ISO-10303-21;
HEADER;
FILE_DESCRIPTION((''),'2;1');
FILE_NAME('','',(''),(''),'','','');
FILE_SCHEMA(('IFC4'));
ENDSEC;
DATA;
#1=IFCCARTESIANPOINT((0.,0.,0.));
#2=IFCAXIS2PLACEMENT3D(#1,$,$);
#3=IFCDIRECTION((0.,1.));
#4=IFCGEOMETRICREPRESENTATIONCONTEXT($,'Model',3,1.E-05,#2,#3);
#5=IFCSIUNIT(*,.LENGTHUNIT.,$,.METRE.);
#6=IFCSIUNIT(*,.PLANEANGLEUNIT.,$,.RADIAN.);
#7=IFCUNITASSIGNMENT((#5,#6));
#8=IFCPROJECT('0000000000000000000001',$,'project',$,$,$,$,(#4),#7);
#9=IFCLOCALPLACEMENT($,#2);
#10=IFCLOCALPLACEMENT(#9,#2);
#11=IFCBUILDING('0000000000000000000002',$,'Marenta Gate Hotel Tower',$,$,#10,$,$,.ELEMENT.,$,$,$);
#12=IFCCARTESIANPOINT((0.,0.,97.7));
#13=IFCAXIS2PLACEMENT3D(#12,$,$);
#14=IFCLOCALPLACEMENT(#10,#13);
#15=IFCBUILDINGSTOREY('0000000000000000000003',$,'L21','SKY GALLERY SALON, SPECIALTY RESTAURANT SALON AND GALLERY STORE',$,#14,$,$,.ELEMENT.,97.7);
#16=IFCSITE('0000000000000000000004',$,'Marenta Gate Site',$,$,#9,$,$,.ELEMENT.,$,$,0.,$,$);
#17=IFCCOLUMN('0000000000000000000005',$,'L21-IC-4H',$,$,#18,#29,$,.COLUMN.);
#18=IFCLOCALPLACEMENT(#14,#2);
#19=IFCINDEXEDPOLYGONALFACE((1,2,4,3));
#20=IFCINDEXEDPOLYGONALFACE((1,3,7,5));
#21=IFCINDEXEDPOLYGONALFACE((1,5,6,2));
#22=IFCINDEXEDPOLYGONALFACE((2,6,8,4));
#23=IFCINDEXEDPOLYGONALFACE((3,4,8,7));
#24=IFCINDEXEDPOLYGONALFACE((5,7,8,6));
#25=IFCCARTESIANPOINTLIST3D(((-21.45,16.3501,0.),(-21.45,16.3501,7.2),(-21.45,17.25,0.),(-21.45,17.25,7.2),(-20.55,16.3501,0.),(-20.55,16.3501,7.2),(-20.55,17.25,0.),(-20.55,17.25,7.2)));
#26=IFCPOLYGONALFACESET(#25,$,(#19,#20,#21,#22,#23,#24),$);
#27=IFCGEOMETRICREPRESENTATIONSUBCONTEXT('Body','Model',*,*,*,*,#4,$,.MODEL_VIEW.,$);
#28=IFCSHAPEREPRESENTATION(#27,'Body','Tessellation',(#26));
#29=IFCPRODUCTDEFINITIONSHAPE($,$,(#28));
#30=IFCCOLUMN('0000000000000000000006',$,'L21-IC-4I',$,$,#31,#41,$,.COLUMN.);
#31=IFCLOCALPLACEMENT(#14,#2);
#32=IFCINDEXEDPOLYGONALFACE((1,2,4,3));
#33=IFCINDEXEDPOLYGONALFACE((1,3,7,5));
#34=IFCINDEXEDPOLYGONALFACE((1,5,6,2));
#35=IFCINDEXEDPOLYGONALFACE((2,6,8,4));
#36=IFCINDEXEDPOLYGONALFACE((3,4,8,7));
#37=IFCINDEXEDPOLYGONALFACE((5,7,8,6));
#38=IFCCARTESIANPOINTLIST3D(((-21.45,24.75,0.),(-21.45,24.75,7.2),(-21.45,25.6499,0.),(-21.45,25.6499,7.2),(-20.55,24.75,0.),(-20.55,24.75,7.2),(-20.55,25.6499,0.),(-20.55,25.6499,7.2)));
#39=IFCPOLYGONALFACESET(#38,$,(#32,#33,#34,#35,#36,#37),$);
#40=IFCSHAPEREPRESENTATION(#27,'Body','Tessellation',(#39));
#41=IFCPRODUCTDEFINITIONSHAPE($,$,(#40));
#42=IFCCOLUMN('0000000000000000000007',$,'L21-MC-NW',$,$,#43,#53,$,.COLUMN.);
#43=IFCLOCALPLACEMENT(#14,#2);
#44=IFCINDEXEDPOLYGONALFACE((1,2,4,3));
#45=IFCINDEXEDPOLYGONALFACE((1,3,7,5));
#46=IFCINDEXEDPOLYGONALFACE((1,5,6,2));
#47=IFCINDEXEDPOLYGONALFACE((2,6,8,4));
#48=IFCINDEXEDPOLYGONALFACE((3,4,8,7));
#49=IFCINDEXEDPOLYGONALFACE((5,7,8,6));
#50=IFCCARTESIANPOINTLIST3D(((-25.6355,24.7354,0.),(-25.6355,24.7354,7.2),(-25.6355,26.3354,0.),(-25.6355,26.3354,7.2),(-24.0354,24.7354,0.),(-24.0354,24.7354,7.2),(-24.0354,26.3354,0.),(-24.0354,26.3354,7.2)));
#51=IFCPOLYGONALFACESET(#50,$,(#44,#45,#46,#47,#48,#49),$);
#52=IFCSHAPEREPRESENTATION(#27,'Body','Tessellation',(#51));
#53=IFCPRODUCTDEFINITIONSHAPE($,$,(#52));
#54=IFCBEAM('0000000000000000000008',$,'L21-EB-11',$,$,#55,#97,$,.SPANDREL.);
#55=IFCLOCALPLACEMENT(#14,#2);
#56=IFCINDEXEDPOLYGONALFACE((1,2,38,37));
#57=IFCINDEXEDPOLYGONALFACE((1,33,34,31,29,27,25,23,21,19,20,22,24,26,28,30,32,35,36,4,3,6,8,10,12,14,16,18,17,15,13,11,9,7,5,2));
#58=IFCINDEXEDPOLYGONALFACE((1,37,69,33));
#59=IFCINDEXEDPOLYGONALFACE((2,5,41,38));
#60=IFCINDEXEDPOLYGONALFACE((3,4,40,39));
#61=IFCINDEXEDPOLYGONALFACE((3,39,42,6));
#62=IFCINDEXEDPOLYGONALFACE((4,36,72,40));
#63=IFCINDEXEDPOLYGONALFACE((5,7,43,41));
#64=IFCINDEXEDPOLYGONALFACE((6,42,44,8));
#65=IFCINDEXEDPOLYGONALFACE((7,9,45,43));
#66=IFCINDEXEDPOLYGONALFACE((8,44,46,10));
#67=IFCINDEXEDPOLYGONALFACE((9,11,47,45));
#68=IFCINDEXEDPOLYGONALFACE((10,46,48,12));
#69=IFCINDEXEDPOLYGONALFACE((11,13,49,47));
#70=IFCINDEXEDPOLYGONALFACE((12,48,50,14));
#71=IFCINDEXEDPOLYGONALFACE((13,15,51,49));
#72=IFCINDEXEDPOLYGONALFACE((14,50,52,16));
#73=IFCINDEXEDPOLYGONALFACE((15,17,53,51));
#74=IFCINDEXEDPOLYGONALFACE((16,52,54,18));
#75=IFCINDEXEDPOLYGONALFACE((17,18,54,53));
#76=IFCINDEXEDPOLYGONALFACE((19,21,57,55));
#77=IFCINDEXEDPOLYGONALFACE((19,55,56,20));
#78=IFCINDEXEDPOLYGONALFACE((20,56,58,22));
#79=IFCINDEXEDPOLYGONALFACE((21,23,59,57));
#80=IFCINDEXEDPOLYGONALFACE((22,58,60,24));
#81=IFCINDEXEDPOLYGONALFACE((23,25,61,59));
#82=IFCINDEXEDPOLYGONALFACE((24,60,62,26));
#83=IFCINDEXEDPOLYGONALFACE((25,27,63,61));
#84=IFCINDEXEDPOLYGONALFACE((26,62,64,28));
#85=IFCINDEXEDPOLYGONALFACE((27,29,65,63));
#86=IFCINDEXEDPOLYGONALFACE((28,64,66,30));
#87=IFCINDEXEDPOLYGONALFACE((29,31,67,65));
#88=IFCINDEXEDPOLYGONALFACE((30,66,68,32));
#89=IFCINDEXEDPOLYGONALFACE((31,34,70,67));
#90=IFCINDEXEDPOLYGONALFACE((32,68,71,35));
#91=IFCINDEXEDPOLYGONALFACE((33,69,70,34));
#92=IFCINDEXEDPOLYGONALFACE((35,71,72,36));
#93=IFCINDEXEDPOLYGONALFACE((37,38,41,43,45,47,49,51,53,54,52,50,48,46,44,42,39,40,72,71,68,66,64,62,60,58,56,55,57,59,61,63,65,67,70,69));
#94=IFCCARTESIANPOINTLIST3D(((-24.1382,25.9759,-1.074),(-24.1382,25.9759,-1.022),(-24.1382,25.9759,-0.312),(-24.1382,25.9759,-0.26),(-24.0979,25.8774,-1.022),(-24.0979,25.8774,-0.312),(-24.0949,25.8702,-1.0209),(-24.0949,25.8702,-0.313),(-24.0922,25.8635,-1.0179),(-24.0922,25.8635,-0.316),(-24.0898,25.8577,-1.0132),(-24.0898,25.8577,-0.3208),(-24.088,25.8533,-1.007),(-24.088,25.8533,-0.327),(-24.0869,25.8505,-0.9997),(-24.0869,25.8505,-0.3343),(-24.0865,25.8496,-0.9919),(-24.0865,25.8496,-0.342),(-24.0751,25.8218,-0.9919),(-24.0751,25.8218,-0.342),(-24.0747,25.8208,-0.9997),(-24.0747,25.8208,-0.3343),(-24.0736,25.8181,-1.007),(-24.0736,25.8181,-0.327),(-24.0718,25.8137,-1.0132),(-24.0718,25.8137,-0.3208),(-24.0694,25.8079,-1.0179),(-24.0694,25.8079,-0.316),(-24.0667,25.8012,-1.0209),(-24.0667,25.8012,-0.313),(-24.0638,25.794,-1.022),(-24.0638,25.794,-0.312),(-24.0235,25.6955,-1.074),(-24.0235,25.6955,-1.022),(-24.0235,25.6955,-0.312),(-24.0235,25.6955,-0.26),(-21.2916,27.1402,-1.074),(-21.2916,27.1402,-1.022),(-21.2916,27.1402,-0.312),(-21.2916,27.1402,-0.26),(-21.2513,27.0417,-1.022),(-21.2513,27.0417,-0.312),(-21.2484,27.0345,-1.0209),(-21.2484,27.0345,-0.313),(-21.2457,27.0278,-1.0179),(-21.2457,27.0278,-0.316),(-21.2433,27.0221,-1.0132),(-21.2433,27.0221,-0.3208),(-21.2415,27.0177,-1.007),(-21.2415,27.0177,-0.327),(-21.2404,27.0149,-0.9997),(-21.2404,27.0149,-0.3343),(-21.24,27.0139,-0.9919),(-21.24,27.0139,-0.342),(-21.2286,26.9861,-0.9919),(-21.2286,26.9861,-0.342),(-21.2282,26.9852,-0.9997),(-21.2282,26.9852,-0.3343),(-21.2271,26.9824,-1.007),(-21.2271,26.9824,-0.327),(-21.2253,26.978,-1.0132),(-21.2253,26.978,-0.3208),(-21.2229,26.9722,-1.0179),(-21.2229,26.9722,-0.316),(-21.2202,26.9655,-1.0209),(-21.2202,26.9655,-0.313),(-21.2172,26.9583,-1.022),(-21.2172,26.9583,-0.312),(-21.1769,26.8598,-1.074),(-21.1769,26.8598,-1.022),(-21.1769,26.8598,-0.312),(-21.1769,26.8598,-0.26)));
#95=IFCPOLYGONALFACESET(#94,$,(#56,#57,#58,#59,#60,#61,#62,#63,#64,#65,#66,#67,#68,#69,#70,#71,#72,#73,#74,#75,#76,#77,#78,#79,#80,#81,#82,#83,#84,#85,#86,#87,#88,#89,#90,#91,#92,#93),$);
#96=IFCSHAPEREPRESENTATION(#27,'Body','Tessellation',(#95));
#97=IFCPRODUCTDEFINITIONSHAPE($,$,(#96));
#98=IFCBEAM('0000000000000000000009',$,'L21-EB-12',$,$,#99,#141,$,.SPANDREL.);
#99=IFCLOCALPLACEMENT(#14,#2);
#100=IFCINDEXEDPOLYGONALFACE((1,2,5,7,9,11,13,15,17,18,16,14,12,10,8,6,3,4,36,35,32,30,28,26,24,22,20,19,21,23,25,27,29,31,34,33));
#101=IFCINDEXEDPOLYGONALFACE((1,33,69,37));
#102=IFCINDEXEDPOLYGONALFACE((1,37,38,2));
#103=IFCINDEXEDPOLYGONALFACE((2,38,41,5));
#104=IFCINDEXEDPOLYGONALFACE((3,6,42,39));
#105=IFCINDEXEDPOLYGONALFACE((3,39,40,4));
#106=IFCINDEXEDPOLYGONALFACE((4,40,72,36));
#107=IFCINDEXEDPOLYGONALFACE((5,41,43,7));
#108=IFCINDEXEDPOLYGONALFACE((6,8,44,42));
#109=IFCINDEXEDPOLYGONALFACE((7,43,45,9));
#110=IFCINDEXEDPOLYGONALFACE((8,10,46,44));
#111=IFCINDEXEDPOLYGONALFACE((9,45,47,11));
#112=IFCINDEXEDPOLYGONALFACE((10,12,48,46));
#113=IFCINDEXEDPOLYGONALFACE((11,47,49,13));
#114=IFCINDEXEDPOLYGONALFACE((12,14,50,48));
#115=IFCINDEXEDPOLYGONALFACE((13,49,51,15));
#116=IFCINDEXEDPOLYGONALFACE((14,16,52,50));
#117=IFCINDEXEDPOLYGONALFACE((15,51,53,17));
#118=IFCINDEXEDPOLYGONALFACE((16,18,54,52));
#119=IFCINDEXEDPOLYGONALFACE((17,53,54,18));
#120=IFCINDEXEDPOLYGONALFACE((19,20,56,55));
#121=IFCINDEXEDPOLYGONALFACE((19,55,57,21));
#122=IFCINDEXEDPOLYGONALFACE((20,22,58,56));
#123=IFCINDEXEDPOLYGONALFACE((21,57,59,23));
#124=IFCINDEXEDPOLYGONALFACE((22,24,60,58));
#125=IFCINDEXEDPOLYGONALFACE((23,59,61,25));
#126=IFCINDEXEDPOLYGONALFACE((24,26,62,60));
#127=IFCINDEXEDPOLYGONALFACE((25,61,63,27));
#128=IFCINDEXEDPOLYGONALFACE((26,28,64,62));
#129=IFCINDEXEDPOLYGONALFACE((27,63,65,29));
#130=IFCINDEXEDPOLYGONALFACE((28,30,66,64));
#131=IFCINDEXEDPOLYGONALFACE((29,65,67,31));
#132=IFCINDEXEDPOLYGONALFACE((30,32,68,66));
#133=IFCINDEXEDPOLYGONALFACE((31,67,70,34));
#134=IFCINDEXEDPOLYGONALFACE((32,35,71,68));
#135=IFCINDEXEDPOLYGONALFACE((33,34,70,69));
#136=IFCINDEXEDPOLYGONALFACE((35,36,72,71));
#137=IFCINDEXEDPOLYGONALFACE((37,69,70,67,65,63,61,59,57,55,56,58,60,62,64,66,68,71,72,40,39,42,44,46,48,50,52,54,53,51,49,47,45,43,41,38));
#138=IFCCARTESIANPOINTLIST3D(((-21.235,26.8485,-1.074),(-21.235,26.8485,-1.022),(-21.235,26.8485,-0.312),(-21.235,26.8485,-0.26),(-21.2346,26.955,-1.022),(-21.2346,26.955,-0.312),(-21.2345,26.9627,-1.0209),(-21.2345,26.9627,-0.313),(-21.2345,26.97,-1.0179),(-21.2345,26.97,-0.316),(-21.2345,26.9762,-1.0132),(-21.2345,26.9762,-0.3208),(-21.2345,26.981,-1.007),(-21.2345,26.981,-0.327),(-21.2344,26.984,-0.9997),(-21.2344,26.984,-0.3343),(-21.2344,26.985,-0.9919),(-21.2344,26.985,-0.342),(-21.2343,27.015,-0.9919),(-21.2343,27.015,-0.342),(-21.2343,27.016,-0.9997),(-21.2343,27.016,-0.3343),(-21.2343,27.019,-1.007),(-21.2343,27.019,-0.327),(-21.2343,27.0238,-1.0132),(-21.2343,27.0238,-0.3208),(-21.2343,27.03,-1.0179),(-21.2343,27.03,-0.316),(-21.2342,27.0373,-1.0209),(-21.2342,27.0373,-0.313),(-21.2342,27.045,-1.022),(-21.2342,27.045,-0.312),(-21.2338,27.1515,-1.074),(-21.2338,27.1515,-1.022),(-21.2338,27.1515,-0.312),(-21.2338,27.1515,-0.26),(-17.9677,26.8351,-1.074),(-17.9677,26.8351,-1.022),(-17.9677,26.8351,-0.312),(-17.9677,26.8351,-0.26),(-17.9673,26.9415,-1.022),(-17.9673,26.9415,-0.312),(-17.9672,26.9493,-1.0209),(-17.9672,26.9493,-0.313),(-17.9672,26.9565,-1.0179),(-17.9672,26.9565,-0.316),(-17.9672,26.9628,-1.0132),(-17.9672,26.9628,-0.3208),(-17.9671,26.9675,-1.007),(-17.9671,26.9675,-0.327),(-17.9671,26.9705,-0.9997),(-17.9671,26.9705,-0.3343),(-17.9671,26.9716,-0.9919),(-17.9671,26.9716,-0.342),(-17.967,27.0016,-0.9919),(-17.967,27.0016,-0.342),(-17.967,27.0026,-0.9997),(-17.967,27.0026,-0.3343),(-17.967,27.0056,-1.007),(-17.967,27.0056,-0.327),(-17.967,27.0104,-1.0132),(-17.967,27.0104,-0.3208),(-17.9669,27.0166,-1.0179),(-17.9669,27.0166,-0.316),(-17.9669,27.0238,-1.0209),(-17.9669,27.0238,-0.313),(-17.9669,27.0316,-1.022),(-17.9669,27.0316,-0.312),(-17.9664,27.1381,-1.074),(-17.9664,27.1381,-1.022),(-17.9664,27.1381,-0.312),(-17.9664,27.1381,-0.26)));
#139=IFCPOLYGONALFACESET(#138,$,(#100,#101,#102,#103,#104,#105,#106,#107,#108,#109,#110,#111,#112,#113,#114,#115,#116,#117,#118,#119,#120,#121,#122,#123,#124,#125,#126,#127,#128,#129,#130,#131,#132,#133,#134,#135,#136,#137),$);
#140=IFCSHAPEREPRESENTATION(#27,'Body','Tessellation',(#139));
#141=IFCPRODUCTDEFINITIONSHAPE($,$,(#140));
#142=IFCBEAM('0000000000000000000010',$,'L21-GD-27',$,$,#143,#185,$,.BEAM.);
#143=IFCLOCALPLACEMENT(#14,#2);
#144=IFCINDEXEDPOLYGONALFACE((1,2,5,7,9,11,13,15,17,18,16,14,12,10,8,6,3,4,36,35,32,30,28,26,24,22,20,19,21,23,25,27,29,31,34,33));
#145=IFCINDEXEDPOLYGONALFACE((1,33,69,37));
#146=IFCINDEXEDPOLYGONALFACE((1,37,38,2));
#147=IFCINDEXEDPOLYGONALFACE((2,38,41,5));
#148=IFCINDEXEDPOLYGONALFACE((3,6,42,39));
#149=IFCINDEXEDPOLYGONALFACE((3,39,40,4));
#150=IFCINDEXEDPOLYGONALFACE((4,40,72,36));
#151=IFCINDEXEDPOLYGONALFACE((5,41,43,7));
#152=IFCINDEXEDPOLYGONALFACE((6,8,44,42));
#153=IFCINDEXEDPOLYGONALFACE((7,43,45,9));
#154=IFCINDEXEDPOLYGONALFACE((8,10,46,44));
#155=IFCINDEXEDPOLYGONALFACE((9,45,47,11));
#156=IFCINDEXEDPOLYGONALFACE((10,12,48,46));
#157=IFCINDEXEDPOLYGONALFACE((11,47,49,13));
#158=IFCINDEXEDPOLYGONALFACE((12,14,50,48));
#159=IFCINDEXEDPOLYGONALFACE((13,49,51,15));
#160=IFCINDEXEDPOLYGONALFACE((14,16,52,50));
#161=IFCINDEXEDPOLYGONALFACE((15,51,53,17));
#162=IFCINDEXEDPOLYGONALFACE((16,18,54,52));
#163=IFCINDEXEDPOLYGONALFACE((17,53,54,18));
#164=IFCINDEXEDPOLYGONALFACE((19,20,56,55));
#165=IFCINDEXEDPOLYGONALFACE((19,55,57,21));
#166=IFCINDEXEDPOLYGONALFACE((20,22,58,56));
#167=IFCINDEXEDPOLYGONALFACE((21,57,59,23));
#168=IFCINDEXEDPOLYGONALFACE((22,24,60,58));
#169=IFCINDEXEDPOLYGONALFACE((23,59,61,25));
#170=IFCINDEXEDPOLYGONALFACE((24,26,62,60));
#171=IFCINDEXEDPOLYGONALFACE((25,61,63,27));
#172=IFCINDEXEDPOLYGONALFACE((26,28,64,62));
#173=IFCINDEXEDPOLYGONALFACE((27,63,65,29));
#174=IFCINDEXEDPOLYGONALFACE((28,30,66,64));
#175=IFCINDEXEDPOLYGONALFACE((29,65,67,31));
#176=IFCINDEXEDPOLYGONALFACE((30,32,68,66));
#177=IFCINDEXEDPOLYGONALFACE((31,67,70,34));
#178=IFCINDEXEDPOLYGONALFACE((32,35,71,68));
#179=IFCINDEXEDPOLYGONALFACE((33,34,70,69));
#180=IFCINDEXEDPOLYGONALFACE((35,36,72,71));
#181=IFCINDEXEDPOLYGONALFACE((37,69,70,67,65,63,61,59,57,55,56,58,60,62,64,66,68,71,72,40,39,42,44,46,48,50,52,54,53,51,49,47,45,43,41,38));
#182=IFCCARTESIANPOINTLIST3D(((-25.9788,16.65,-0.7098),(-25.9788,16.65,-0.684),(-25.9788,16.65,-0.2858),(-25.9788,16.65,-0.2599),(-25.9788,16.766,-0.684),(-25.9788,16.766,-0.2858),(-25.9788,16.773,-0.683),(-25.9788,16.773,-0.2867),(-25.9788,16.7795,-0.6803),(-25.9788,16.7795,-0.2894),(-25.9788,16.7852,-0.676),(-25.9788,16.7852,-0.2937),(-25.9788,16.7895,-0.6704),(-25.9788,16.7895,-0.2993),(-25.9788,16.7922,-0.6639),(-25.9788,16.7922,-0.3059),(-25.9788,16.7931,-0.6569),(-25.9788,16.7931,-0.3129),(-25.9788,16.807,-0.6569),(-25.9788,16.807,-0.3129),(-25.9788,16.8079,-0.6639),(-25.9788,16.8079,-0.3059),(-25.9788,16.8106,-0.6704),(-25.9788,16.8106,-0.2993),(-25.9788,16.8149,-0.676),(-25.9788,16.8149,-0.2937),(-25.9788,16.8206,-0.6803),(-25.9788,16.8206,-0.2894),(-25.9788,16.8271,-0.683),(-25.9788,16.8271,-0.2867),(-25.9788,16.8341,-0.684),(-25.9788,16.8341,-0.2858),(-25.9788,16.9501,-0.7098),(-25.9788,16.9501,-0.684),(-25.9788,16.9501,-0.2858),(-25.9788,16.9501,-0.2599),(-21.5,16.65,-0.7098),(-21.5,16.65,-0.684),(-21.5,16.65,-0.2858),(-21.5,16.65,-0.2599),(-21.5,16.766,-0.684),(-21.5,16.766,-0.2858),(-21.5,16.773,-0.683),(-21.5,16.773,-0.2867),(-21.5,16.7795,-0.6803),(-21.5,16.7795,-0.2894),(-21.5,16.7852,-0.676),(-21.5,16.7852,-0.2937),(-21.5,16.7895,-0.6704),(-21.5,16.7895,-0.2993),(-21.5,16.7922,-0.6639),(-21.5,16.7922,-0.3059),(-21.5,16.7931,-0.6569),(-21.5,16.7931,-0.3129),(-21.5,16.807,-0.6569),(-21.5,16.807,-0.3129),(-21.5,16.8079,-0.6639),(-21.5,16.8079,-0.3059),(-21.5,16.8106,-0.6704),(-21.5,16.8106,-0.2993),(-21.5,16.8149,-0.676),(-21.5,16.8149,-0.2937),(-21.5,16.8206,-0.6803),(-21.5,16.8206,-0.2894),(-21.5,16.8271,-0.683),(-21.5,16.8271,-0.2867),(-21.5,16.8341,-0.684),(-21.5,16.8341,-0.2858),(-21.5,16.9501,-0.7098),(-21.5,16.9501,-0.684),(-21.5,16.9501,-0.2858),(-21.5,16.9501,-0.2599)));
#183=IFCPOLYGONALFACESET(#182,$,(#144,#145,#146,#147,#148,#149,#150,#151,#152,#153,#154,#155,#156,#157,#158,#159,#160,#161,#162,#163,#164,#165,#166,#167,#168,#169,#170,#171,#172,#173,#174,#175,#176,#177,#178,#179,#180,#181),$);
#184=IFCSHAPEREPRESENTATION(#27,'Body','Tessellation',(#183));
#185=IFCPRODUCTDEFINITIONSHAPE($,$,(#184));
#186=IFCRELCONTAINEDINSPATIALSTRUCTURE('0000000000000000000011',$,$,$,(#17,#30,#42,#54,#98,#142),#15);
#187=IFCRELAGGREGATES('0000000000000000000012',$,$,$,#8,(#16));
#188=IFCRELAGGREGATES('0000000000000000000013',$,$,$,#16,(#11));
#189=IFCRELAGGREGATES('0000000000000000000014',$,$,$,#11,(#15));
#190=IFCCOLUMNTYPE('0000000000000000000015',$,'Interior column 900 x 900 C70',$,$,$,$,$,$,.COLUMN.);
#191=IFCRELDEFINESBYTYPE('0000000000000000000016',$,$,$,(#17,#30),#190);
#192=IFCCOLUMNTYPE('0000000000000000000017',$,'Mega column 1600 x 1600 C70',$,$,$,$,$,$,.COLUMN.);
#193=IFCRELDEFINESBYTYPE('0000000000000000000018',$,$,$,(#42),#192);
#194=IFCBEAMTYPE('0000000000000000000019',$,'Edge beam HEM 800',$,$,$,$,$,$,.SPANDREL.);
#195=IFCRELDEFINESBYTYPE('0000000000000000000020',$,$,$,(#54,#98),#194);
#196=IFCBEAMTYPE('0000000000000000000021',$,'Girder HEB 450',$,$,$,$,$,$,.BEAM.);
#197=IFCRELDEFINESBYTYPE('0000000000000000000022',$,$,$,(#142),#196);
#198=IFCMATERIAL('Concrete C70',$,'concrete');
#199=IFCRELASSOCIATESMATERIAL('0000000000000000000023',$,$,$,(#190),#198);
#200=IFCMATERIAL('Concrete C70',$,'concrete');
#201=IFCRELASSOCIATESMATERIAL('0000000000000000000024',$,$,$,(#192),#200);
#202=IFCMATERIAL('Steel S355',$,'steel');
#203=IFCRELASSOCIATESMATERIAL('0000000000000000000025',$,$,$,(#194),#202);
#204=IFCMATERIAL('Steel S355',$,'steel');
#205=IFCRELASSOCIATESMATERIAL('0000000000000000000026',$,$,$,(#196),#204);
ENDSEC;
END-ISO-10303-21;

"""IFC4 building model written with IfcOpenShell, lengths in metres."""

from ifc_helpers import new_model, si_unit, direction, frame, origin, origin_2d, place, context, subcontext, project, spatial, rectangle, i_section, extrude, material, material_profile, profile_set, type_object, element, save


model = new_model("IFC4")

# Units and contexts
model_context = context("Model", 3, precision=1e-05, world=origin(), true_north=direction((0.0, 1.0)))
body_context = subcontext(model_context, "Body", "Model", "MODEL_VIEW")
ifc_project = project(units=[si_unit("LENGTHUNIT", "METRE"), si_unit("PLANEANGLEUNIT", "RADIAN")], contexts=[model_context])

# Site, building, storey
site_placement = place(None, origin())
site = spatial("IfcSite", under=ifc_project, at=site_placement, Name="Marenta Gate Site", CompositionType="ELEMENT", RefElevation=0.0)
building_placement = place(site_placement, origin())
building = spatial("IfcBuilding", under=site, at=building_placement, Name="Marenta Gate Hotel Tower", CompositionType="ELEMENT")
storey_placement = place(building_placement, frame((0.0, 0.0, 97.7)))
storey = spatial("IfcBuildingStorey", under=building, at=storey_placement, Name="L21", Description="SKY GALLERY SALON, SPECIALTY RESTAURANT SALON AND GALLERY STORE", CompositionType="ELEMENT", Elevation=97.7)

# Columns
ifc_material_1 = material(Name="Concrete C70", Category="concrete")
ifc_material_profile_1 = material_profile(ifc_material_1, rectangle(XDim=0.8999, YDim=0.8999, at=origin_2d()), Name="900 x 900")
ifc_profile_set_1 = profile_set([ifc_material_profile_1], Name="Concrete C70")
column_type_1 = type_object("IfcColumnType", Name="Interior column 900 x 900 C70", PredefinedType="COLUMN", material=ifc_profile_set_1)
for number, where, z_axis, x_axis, name in (
    (1, (-21.0, 16.8, 0.0), (0.0, 0.0, 1.0), (1.0, 0.0, 0.0), "L21-IC-4H"),
    (2, (-21.0, 25.2, 0.0), (0.0, 0.0, 1.0), (1.0, 0.0, 0.0), "L21-IC-4I"),
):
    element("IfcColumn", number, at=place(storey_placement, frame(where, z_axis=z_axis, x_axis=x_axis)), inside=storey, type_object=column_type_1, Name=name, PredefinedType="COLUMN", context=body_context, shape_type="SweptSolid", body=[
        extrude(rectangle(XDim=0.8999, YDim=0.8999, at=origin_2d()), origin(), (0.0, 0.0, 1.0), 7.2),
    ])
ifc_material_2 = material(Name="Concrete C70", Category="concrete")
ifc_material_profile_2 = material_profile(ifc_material_2, rectangle(XDim=1.6001, YDim=1.6001, at=origin_2d()), Name="1600 x 1600")
ifc_profile_set_2 = profile_set([ifc_material_profile_2], Name="Concrete C70")
column_type_2 = type_object("IfcColumnType", Name="Mega column 1600 x 1600 C70", PredefinedType="COLUMN", material=ifc_profile_set_2)
column_placement = place(storey_placement, frame((-24.8354, 25.5354, 0.0), z_axis=(0.0, 0.0, 1.0), x_axis=(1.0, 0.0, 0.0)))
element("IfcColumn", 3, at=column_placement, inside=storey, type_object=column_type_2, Name="L21-MC-NW", PredefinedType="COLUMN", context=body_context, shape_type="SweptSolid", body=[
    extrude(rectangle(XDim=1.6001, YDim=1.6001, at=origin_2d()), origin(), (0.0, 0.0, 1.0), 7.2),
])

# Beams
ifc_material_3 = material(Name="Steel S355", Category="steel")
ifc_material_profile_3 = material_profile(ifc_material_3, i_section(OverallWidth=0.303, OverallDepth=0.814, WebThickness=0.03, FlangeThickness=0.052, FilletRadius=0.03, at=origin_2d()), Name="HEM 800")
ifc_profile_set_3 = profile_set([ifc_material_profile_3], Name="Steel S355")
beam_type_1 = type_object("IfcBeamType", Name="Edge beam HEM 800", PredefinedType="SPANDREL", material=ifc_profile_set_3)
beam_1_placement = place(storey_placement, frame((-24.0808, 25.8357, -0.667), z_axis=(0.925563, 0.378593, 0.0), x_axis=(-0.378593, 0.925563, 0.0)))
element("IfcBeam", 4, at=beam_1_placement, inside=storey, type_object=beam_type_1, Name="L21-EB-11", PredefinedType="SPANDREL", context=body_context, shape_type="SweptSolid", body=[
    extrude(i_section(OverallWidth=0.303, OverallDepth=0.814, WebThickness=0.03, FlangeThickness=0.052, FilletRadius=0.03, at=origin_2d()), origin(), (0.0, 0.0, 1.0), 3.0754),
])
beam_2_placement = place(storey_placement, frame((-21.2344, 27.0, -0.667), z_axis=(0.999992, -0.00411, 0.0), x_axis=(0.00411, 0.999992, 0.0)))
element("IfcBeam", 5, at=beam_2_placement, inside=storey, type_object=beam_type_1, Name="L21-EB-12", PredefinedType="SPANDREL", context=body_context, shape_type="SweptSolid", body=[
    extrude(i_section(OverallWidth=0.303, OverallDepth=0.814, WebThickness=0.03, FlangeThickness=0.052, FilletRadius=0.03, at=origin_2d()), origin(), (0.0, 0.0, 1.0), 3.2673),
])
ifc_material_4 = material(Name="Steel S355", Category="steel")
ifc_material_profile_4 = material_profile(ifc_material_4, i_section(OverallWidth=0.3, OverallDepth=0.45, WebThickness=0.0139, FlangeThickness=0.0259, FilletRadius=0.0271, at=origin_2d()), Name="HEB 450")
ifc_profile_set_4 = profile_set([ifc_material_profile_4], Name="Steel S355")
beam_type_2 = type_object("IfcBeamType", Name="Girder HEB 450", PredefinedType="BEAM", material=ifc_profile_set_4)
beam_3_placement = place(storey_placement, frame((-25.9788, 16.8, -0.4849), z_axis=(1.0, 0.0, 0.0), x_axis=(0.0, 1.0, 0.0)))
element("IfcBeam", 6, at=beam_3_placement, inside=storey, type_object=beam_type_2, Name="L21-GD-27", PredefinedType="BEAM", context=body_context, shape_type="SweptSolid", body=[
    extrude(i_section(OverallWidth=0.3, OverallDepth=0.45, WebThickness=0.0139, FlangeThickness=0.0259, FilletRadius=0.0271, at=origin_2d()), origin(), (0.0, 0.0, 1.0), 4.4788),
])

save(model, "model.ifc")
